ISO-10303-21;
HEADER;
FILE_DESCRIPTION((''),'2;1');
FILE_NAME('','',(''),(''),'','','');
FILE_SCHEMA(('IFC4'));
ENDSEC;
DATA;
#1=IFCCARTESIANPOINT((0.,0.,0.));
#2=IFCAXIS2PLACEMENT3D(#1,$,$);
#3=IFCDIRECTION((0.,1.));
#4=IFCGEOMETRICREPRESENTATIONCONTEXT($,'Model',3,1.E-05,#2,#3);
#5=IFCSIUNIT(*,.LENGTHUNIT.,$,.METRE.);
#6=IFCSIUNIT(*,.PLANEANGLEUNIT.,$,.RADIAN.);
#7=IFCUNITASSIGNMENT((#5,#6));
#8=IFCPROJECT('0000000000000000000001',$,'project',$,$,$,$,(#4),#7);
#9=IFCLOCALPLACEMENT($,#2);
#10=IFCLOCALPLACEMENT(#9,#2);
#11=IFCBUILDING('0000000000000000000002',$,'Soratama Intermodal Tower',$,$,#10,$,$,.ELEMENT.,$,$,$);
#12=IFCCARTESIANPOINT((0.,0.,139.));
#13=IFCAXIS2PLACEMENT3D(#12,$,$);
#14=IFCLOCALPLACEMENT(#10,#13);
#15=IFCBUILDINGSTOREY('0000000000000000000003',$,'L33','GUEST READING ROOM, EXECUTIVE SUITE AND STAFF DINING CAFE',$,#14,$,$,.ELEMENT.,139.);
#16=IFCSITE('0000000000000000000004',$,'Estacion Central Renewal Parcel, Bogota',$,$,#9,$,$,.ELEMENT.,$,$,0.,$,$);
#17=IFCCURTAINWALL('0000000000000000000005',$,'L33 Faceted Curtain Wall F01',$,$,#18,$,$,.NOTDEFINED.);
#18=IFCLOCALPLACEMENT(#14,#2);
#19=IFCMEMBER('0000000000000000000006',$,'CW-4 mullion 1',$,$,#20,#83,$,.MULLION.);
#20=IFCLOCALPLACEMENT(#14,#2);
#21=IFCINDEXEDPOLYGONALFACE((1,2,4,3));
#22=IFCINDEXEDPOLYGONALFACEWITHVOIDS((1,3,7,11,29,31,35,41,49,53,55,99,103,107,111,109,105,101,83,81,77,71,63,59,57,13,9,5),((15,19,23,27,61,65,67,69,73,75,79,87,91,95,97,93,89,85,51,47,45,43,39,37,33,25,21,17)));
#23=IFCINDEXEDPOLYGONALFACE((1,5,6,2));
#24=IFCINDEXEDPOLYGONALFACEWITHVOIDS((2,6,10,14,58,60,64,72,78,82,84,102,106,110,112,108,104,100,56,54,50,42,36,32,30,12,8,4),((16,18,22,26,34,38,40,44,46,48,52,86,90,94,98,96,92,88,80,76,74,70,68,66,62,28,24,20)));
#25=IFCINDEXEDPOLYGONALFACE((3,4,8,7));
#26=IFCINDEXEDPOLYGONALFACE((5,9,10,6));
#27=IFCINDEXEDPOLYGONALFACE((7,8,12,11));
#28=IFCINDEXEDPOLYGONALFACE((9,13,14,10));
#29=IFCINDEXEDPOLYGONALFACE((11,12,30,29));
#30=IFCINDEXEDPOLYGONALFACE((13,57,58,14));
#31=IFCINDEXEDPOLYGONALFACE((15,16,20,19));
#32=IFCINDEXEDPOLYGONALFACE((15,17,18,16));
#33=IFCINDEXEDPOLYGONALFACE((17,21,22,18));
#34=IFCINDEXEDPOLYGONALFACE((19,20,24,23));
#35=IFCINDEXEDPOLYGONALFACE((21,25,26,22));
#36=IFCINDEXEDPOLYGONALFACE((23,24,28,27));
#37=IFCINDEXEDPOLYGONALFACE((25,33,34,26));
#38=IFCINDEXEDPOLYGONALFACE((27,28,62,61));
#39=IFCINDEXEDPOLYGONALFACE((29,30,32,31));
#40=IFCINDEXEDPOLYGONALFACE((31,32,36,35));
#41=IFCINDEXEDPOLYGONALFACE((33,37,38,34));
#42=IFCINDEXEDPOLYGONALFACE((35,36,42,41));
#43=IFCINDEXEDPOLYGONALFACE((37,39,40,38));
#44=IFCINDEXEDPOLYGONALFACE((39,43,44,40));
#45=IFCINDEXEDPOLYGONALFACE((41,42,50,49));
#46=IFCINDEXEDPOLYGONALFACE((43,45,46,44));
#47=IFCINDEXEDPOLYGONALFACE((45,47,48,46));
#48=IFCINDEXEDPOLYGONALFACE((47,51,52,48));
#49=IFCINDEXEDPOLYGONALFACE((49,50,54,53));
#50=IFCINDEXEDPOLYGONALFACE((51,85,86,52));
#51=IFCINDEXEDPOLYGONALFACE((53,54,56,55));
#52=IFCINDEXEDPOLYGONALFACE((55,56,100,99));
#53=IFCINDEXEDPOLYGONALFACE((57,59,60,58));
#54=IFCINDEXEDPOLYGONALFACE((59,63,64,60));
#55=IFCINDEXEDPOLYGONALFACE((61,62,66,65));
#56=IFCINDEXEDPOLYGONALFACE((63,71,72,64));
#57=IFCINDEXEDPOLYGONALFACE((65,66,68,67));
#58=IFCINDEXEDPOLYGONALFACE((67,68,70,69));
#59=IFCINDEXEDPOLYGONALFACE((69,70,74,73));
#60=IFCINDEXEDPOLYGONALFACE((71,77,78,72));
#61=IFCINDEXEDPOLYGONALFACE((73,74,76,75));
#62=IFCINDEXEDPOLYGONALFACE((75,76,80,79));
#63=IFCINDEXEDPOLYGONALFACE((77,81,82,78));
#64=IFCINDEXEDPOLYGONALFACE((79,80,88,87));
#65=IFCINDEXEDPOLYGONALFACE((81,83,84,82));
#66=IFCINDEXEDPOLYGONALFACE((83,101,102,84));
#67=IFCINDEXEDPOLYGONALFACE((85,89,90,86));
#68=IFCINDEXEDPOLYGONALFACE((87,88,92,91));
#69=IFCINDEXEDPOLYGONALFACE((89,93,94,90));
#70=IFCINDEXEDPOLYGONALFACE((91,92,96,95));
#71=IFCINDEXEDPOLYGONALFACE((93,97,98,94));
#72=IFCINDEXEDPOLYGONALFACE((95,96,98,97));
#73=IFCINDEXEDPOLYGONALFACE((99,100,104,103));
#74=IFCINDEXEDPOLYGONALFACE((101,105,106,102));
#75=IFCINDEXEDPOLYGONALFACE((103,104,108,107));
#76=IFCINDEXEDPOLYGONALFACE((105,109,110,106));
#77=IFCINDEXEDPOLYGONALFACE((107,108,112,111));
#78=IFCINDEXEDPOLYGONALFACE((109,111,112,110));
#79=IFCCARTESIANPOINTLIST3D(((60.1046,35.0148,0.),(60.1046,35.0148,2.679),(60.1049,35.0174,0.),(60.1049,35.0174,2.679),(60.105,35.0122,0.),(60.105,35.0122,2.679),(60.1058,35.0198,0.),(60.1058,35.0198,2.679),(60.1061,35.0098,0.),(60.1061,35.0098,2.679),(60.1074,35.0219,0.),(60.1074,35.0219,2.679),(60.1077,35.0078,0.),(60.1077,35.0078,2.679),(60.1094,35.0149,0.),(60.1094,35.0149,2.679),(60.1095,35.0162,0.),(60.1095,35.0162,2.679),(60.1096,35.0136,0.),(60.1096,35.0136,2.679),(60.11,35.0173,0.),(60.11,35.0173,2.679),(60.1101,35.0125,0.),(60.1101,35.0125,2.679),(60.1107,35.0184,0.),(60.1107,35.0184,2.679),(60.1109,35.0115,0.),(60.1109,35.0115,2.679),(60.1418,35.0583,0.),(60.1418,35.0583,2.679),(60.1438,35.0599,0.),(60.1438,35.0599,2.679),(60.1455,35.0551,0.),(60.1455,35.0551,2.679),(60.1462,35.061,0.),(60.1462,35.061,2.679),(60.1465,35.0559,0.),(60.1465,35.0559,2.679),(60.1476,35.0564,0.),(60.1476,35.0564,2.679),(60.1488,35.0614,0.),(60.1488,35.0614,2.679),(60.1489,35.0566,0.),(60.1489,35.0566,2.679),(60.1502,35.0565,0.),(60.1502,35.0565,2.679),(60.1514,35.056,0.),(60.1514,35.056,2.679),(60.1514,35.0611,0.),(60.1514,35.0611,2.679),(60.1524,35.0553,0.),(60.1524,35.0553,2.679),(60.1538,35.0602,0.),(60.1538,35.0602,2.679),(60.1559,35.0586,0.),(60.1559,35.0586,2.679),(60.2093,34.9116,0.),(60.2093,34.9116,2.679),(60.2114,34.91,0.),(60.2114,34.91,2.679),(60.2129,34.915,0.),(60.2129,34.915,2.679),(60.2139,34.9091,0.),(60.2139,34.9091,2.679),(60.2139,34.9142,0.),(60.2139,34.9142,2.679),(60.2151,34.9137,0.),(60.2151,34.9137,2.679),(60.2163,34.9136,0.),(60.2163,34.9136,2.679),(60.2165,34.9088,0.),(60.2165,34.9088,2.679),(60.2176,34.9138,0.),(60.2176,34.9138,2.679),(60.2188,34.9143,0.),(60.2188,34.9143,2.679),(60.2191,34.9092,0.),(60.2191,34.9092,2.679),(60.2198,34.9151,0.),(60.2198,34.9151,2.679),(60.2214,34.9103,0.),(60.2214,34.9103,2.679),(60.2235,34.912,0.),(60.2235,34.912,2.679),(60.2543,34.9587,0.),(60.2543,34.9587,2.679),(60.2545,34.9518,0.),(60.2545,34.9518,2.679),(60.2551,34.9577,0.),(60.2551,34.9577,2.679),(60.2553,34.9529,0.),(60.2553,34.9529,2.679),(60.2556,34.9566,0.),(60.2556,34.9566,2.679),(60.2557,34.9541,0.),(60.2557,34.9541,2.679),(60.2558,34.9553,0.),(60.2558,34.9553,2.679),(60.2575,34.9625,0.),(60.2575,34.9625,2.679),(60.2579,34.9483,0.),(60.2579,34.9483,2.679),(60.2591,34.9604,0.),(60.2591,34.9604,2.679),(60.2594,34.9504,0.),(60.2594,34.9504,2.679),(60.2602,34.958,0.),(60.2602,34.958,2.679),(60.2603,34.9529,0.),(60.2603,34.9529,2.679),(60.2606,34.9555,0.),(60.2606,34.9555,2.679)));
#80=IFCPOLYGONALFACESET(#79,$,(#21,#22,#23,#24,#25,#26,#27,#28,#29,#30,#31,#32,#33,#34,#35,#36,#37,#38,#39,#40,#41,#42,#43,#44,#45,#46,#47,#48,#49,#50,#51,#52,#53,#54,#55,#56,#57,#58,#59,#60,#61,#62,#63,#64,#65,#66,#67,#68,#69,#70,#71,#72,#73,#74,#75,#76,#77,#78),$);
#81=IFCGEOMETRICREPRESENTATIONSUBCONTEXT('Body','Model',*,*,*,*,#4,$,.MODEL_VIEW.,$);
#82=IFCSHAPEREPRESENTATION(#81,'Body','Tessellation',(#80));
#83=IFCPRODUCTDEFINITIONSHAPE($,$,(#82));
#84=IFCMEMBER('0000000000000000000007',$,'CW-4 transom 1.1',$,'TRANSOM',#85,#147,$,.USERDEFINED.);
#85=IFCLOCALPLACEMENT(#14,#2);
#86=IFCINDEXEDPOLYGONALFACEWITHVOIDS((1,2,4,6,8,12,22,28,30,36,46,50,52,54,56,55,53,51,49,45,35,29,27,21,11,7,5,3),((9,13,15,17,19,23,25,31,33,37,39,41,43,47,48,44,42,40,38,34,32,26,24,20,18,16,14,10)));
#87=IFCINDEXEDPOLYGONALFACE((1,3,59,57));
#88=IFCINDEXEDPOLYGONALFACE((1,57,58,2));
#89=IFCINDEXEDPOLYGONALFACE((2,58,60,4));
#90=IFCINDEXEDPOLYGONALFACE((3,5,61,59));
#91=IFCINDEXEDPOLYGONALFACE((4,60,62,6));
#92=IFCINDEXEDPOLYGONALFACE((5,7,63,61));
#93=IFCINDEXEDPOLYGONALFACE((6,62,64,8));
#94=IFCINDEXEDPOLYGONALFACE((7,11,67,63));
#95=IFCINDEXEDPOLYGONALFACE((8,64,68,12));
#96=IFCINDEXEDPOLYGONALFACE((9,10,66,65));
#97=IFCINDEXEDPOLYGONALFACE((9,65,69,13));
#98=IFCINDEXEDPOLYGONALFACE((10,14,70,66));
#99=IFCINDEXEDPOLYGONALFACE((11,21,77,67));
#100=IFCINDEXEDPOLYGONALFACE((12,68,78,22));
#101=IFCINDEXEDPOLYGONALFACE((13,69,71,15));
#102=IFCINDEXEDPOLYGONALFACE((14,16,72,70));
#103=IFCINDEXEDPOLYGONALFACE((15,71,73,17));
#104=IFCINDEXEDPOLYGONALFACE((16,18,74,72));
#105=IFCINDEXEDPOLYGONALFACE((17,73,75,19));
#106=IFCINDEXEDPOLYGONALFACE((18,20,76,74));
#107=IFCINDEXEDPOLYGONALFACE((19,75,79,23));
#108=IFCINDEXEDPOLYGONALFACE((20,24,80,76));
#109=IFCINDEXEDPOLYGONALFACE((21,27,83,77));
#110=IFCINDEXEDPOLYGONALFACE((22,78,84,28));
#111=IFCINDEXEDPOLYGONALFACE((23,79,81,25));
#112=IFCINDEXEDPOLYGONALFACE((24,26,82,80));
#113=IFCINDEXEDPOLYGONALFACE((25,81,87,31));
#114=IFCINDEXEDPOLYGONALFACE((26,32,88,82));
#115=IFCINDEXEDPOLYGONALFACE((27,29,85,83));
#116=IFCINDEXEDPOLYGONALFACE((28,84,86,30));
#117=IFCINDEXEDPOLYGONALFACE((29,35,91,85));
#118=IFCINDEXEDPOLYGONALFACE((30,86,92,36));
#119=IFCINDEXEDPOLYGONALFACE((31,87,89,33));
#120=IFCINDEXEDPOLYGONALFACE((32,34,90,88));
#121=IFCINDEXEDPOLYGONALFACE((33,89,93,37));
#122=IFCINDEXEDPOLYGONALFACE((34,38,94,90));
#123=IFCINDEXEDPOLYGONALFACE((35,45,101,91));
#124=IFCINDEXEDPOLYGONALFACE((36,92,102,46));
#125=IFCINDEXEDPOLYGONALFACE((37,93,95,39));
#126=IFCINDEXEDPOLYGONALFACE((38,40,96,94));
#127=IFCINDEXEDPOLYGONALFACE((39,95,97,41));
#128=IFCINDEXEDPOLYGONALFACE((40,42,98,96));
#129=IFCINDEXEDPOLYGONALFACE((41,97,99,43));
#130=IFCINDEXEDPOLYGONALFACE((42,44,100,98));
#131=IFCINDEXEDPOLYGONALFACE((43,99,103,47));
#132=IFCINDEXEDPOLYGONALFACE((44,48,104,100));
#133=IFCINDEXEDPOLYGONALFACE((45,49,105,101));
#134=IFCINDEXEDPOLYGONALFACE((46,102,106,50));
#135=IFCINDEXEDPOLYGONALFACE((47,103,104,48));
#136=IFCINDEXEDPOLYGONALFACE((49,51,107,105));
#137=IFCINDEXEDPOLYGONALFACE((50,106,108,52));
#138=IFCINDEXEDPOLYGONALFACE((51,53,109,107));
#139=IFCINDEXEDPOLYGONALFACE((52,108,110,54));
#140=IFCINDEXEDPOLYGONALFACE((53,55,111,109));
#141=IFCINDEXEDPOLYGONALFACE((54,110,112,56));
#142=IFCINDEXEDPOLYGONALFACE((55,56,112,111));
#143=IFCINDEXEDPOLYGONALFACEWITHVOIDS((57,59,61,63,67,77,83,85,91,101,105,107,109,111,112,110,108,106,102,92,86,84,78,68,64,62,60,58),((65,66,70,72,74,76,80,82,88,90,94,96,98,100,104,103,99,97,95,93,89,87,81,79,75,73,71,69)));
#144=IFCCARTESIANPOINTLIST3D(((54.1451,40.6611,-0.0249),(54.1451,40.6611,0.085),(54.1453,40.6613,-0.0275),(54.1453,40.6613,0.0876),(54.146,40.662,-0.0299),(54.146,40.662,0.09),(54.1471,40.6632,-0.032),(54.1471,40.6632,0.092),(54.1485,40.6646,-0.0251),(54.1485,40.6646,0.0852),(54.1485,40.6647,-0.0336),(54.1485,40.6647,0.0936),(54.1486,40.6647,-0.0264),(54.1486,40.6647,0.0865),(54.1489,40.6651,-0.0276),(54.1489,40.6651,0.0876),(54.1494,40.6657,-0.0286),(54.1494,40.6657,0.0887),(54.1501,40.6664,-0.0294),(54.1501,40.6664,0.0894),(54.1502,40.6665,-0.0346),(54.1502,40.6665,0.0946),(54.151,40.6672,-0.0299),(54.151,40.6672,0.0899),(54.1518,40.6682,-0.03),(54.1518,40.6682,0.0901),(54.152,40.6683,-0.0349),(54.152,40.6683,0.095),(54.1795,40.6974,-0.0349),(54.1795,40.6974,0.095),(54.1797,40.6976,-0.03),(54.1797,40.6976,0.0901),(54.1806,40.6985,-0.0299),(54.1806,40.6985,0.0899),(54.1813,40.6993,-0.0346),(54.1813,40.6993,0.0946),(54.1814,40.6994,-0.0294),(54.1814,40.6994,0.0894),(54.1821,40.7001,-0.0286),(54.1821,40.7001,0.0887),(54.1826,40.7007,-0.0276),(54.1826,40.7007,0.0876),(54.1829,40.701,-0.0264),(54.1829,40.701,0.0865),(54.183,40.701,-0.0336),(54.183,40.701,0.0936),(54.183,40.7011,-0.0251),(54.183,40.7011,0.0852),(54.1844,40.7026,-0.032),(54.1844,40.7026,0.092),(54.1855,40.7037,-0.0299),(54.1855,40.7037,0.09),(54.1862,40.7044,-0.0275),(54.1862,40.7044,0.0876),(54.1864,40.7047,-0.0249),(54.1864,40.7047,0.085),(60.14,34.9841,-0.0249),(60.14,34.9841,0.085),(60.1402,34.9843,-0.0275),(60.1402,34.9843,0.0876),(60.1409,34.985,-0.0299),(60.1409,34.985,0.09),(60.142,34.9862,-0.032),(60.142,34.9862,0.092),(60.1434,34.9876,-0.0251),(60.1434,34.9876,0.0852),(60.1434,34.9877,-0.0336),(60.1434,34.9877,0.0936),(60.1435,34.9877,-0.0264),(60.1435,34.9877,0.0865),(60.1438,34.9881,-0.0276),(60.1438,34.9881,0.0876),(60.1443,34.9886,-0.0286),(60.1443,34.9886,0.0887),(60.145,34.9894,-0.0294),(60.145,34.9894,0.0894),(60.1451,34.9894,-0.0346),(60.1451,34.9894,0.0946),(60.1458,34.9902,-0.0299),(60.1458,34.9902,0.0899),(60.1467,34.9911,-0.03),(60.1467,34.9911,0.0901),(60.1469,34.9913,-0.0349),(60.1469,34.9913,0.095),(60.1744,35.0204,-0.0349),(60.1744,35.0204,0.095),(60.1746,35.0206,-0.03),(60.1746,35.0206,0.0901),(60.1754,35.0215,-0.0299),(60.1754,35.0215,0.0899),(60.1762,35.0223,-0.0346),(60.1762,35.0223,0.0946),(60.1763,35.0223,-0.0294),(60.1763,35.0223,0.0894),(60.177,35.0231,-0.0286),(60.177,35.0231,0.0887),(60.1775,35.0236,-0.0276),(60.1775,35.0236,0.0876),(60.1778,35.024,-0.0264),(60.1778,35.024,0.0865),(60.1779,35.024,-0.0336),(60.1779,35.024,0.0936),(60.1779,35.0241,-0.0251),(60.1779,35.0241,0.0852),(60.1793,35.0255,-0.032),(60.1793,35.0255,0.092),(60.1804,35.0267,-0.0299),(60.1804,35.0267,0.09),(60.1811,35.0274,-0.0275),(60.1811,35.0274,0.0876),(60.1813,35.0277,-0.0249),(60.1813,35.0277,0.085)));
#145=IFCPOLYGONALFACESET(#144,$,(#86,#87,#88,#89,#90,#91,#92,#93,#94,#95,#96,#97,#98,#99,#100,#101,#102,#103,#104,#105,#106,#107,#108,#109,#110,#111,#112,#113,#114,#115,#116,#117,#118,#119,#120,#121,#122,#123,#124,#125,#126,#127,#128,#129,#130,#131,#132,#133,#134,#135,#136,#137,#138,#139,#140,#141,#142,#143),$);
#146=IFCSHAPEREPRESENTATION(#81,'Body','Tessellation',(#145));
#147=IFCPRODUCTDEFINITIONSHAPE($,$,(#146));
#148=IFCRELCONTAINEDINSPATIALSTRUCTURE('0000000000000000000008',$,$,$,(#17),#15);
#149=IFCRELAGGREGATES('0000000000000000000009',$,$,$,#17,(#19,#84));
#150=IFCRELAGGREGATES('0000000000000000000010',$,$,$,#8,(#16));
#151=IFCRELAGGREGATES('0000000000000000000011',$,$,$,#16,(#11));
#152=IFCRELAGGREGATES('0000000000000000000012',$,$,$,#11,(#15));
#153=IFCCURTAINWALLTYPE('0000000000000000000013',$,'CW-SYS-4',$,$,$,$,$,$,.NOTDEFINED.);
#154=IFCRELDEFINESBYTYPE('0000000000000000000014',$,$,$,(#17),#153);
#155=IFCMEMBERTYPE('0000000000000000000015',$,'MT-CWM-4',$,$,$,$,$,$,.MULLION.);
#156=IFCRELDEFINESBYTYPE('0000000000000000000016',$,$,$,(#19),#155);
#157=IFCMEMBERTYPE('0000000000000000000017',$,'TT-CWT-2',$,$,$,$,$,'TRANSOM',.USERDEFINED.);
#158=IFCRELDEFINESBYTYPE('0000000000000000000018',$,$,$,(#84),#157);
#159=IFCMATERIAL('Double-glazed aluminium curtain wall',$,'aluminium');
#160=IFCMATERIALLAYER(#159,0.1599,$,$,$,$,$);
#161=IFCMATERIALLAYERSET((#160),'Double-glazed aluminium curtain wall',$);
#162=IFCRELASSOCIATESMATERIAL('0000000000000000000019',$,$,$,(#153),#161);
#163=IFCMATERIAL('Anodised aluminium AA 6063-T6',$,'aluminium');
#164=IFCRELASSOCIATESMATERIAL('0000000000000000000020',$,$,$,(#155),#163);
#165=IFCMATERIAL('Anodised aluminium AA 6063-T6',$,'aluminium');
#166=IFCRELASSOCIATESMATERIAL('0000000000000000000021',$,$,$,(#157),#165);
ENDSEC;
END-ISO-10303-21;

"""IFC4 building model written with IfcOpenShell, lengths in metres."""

from ifc_helpers import new_model, si_unit, direction, frame, origin, origin_2d, place, context, subcontext, project, spatial, hollow_rectangle, extrude, material, layer, layer_set, material_profile, profile_set, type_object, element, aggregate, save


model = new_model("IFC4")

# Units and contexts
model_context = context("Model", 3, precision=1e-05, world=origin(), true_north=direction((0.0, 1.0)))
body_context = subcontext(model_context, "Body", "Model", "MODEL_VIEW")
ifc_project = project(units=[si_unit("LENGTHUNIT", "METRE"), si_unit("PLANEANGLEUNIT", "RADIAN")], contexts=[model_context])

# Site, building, storey
site_placement = place(None, origin())
site = spatial("IfcSite", under=ifc_project, at=site_placement, Name="Estacion Central Renewal Parcel, Bogota", CompositionType="ELEMENT", RefElevation=0.0)
building_placement = place(site_placement, origin())
building = spatial("IfcBuilding", under=site, at=building_placement, Name="Soratama Intermodal Tower", CompositionType="ELEMENT")
storey_placement = place(building_placement, frame((0.0, 0.0, 139.0)))
storey = spatial("IfcBuildingStorey", under=building, at=storey_placement, Name="L33", Description="GUEST READING ROOM, EXECUTIVE SUITE AND STAFF DINING CAFE", CompositionType="ELEMENT", Elevation=139.0)

# Curtain wall, members
ifc_material_1 = material(Name="Double-glazed aluminium curtain wall", Category="aluminium")
ifc_layer_1 = layer(ifc_material_1, 0.1599)
ifc_layer_set_1 = layer_set([ifc_layer_1], Name="Double-glazed aluminium curtain wall")
curtain_wall_type = type_object("IfcCurtainWallType", Name="CW-SYS-4", PredefinedType="NOTDEFINED", material=ifc_layer_set_1)
curtain_wall_placement = place(storey_placement, origin())
curtain_wall = element("IfcCurtainWall", 1, at=curtain_wall_placement, inside=storey, type_object=curtain_wall_type, Name="L33 Faceted Curtain Wall F01", PredefinedType="NOTDEFINED")
ifc_material_2 = material(Name="Anodised aluminium AA 6063-T6", Category="aluminium")
ifc_material_profile_1 = material_profile(ifc_material_2, hollow_rectangle(XDim=0.0701, YDim=0.1599, WallThickness=0.0049, InnerFilletRadius=0.0049, OuterFilletRadius=0.01, at=origin_2d()), Name="CWM160X70X5")
ifc_profile_set_1 = profile_set([ifc_material_profile_1], Name="Anodised aluminium AA 6063-T6")
member_type_1 = type_object("IfcMemberType", Name="MT-CWM-4", PredefinedType="MULLION", material=ifc_profile_set_1)
member_1_placement = place(storey_placement, frame((60.1826, 34.9851, 0.0), z_axis=(0.0, 0.0, 1.0), x_axis=(-0.687594, -0.726095, 0.0)))
member_1 = element("IfcMember", 2, at=member_1_placement, type_object=member_type_1, Name="CW-4 mullion 1", PredefinedType="MULLION", context=body_context, shape_type="SweptSolid", body=[
    extrude(hollow_rectangle(XDim=0.0701, YDim=0.1599, WallThickness=0.0049, InnerFilletRadius=0.0049, OuterFilletRadius=0.01, at=origin_2d()), origin(), (0.0, 0.0, 1.0), 2.679),
])
ifc_material_3 = material(Name="Anodised aluminium AA 6063-T6", Category="aluminium")
ifc_material_profile_2 = material_profile(ifc_material_3, hollow_rectangle(XDim=0.0601, YDim=0.1299, WallThickness=0.0049, InnerFilletRadius=0.0049, OuterFilletRadius=0.01, at=origin_2d()), Name="CWT130X60X5")
ifc_profile_set_2 = profile_set([ifc_material_profile_2], Name="Anodised aluminium AA 6063-T6")
member_type_2 = type_object("IfcMemberType", Name="TT-CWT-2", ElementType="TRANSOM", PredefinedType="USERDEFINED", material=ifc_profile_set_2)
member_2_placement = place(storey_placement, frame((60.1606, 35.0059, 0.03), z_axis=(-0.726095, 0.687595, 0.0), x_axis=(-0.687595, -0.726095, 0.0)))
member_2 = element("IfcMember", 3, at=member_2_placement, type_object=member_type_2, Name="CW-4 transom 1.1", ObjectType="TRANSOM", PredefinedType="USERDEFINED", context=body_context, shape_type="SweptSolid", body=[
    extrude(hollow_rectangle(XDim=0.0601, YDim=0.1299, WallThickness=0.0049, InnerFilletRadius=0.0049, OuterFilletRadius=0.01, at=origin_2d()), origin(), (0.0, 0.0, 1.0), 8.2563),
])
aggregate(curtain_wall, [member_1, member_2])

save(model, "model.ifc")
